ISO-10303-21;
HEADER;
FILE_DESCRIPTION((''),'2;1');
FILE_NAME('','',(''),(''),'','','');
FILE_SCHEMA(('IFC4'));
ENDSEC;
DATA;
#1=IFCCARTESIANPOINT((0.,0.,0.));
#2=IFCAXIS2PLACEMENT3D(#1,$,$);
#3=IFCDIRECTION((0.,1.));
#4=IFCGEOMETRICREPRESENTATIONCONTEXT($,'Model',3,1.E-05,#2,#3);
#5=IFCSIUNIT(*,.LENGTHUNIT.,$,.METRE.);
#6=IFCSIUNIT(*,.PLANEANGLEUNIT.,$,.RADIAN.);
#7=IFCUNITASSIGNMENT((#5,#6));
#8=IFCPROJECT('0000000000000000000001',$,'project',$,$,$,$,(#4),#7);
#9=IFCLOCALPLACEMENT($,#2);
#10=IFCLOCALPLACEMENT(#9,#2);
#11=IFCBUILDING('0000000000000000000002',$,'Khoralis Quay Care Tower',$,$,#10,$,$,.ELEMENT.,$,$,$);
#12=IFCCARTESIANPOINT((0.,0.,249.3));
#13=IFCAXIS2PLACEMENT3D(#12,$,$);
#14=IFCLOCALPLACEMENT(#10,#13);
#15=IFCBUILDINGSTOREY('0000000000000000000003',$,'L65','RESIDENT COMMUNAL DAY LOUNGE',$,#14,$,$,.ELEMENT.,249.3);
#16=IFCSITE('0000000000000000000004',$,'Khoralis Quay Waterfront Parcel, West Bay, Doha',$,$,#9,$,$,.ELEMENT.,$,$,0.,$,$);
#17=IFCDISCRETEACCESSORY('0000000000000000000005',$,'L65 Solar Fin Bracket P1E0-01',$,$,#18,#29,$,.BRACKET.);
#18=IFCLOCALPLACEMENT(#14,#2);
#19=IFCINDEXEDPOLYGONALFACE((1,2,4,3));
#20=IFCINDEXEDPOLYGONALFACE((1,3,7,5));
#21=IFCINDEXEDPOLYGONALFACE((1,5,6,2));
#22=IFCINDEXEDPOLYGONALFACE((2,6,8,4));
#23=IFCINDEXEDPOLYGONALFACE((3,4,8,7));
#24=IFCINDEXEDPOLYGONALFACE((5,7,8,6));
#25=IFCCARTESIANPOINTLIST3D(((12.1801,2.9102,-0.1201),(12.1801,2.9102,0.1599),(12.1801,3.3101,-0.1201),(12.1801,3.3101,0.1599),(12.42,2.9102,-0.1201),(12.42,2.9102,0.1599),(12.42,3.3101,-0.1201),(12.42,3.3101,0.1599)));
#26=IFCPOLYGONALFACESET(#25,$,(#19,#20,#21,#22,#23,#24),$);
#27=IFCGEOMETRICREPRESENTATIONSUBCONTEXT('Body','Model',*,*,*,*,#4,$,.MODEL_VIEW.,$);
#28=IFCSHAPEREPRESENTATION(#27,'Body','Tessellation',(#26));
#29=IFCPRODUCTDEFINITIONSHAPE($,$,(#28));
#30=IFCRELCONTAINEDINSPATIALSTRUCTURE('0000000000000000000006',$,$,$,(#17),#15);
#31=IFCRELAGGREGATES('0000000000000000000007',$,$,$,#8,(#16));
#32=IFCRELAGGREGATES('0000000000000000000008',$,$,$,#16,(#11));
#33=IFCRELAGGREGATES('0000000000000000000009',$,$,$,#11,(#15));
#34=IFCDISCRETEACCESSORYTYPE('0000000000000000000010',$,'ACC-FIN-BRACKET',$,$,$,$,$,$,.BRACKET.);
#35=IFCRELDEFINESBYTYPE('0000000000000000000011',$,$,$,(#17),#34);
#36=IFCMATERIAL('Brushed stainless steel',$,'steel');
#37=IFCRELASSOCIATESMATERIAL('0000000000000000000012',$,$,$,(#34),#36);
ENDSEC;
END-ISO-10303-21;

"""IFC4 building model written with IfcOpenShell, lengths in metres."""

from ifc_helpers import new_model, si_unit, direction, frame, origin, origin_2d, place, context, subcontext, project, spatial, rectangle, extrude, source, transform, mapped, material, type_object, element, save


model = new_model("IFC4")

# Units and contexts
model_context = context("Model", 3, precision=1e-05, world=origin(), true_north=direction((0.0, 1.0)))
body_context = subcontext(model_context, "Body", "Model", "MODEL_VIEW")
ifc_project = project(units=[si_unit("LENGTHUNIT", "METRE"), si_unit("PLANEANGLEUNIT", "RADIAN")], contexts=[model_context])

# Site, building, storey
site_placement = place(None, origin())
site = spatial("IfcSite", under=ifc_project, at=site_placement, Name="Khoralis Quay Waterfront Parcel, West Bay, Doha", CompositionType="ELEMENT", RefElevation=0.0)
building_placement = place(site_placement, origin())
building = spatial("IfcBuilding", under=site, at=building_placement, Name="Khoralis Quay Care Tower", CompositionType="ELEMENT")
storey_placement = place(building_placement, frame((0.0, 0.0, 249.3)))
storey = spatial("IfcBuildingStorey", under=building, at=storey_placement, Name="L65", Description="RESIDENT COMMUNAL DAY LOUNGE", CompositionType="ELEMENT", Elevation=249.3)

# Discrete accessory
ifc_material_1 = material(Name="Brushed stainless steel", Category="steel")
discrete_accessory_type = type_object("IfcDiscreteAccessoryType", Name="ACC-FIN-BRACKET", PredefinedType="BRACKET", material=ifc_material_1)
shared_shape_1 = source(origin(), body_context, "Body", "SweptSolid", [
    extrude(rectangle(XDim=0.3999, YDim=0.24, at=origin_2d()), origin(), (0.0, 0.0, 1.0), 0.28),
])
discrete_accessory_placement = place(storey_placement, frame((12.3, 3.1101, -0.1201), z_axis=(0.0, 0.0, 1.0), x_axis=(0.0, -1.0, 0.0)))
element("IfcDiscreteAccessory", 1, at=discrete_accessory_placement, inside=storey, type_object=discrete_accessory_type, Name="L65 Solar Fin Bracket P1E0-01", PredefinedType="BRACKET", context=body_context, shape_type="MappedRepresentation", body=[
    mapped(shared_shape_1, transform((0.0, 0.0, 0.0), scale=1.0)),
])

save(model, "model.ifc")
